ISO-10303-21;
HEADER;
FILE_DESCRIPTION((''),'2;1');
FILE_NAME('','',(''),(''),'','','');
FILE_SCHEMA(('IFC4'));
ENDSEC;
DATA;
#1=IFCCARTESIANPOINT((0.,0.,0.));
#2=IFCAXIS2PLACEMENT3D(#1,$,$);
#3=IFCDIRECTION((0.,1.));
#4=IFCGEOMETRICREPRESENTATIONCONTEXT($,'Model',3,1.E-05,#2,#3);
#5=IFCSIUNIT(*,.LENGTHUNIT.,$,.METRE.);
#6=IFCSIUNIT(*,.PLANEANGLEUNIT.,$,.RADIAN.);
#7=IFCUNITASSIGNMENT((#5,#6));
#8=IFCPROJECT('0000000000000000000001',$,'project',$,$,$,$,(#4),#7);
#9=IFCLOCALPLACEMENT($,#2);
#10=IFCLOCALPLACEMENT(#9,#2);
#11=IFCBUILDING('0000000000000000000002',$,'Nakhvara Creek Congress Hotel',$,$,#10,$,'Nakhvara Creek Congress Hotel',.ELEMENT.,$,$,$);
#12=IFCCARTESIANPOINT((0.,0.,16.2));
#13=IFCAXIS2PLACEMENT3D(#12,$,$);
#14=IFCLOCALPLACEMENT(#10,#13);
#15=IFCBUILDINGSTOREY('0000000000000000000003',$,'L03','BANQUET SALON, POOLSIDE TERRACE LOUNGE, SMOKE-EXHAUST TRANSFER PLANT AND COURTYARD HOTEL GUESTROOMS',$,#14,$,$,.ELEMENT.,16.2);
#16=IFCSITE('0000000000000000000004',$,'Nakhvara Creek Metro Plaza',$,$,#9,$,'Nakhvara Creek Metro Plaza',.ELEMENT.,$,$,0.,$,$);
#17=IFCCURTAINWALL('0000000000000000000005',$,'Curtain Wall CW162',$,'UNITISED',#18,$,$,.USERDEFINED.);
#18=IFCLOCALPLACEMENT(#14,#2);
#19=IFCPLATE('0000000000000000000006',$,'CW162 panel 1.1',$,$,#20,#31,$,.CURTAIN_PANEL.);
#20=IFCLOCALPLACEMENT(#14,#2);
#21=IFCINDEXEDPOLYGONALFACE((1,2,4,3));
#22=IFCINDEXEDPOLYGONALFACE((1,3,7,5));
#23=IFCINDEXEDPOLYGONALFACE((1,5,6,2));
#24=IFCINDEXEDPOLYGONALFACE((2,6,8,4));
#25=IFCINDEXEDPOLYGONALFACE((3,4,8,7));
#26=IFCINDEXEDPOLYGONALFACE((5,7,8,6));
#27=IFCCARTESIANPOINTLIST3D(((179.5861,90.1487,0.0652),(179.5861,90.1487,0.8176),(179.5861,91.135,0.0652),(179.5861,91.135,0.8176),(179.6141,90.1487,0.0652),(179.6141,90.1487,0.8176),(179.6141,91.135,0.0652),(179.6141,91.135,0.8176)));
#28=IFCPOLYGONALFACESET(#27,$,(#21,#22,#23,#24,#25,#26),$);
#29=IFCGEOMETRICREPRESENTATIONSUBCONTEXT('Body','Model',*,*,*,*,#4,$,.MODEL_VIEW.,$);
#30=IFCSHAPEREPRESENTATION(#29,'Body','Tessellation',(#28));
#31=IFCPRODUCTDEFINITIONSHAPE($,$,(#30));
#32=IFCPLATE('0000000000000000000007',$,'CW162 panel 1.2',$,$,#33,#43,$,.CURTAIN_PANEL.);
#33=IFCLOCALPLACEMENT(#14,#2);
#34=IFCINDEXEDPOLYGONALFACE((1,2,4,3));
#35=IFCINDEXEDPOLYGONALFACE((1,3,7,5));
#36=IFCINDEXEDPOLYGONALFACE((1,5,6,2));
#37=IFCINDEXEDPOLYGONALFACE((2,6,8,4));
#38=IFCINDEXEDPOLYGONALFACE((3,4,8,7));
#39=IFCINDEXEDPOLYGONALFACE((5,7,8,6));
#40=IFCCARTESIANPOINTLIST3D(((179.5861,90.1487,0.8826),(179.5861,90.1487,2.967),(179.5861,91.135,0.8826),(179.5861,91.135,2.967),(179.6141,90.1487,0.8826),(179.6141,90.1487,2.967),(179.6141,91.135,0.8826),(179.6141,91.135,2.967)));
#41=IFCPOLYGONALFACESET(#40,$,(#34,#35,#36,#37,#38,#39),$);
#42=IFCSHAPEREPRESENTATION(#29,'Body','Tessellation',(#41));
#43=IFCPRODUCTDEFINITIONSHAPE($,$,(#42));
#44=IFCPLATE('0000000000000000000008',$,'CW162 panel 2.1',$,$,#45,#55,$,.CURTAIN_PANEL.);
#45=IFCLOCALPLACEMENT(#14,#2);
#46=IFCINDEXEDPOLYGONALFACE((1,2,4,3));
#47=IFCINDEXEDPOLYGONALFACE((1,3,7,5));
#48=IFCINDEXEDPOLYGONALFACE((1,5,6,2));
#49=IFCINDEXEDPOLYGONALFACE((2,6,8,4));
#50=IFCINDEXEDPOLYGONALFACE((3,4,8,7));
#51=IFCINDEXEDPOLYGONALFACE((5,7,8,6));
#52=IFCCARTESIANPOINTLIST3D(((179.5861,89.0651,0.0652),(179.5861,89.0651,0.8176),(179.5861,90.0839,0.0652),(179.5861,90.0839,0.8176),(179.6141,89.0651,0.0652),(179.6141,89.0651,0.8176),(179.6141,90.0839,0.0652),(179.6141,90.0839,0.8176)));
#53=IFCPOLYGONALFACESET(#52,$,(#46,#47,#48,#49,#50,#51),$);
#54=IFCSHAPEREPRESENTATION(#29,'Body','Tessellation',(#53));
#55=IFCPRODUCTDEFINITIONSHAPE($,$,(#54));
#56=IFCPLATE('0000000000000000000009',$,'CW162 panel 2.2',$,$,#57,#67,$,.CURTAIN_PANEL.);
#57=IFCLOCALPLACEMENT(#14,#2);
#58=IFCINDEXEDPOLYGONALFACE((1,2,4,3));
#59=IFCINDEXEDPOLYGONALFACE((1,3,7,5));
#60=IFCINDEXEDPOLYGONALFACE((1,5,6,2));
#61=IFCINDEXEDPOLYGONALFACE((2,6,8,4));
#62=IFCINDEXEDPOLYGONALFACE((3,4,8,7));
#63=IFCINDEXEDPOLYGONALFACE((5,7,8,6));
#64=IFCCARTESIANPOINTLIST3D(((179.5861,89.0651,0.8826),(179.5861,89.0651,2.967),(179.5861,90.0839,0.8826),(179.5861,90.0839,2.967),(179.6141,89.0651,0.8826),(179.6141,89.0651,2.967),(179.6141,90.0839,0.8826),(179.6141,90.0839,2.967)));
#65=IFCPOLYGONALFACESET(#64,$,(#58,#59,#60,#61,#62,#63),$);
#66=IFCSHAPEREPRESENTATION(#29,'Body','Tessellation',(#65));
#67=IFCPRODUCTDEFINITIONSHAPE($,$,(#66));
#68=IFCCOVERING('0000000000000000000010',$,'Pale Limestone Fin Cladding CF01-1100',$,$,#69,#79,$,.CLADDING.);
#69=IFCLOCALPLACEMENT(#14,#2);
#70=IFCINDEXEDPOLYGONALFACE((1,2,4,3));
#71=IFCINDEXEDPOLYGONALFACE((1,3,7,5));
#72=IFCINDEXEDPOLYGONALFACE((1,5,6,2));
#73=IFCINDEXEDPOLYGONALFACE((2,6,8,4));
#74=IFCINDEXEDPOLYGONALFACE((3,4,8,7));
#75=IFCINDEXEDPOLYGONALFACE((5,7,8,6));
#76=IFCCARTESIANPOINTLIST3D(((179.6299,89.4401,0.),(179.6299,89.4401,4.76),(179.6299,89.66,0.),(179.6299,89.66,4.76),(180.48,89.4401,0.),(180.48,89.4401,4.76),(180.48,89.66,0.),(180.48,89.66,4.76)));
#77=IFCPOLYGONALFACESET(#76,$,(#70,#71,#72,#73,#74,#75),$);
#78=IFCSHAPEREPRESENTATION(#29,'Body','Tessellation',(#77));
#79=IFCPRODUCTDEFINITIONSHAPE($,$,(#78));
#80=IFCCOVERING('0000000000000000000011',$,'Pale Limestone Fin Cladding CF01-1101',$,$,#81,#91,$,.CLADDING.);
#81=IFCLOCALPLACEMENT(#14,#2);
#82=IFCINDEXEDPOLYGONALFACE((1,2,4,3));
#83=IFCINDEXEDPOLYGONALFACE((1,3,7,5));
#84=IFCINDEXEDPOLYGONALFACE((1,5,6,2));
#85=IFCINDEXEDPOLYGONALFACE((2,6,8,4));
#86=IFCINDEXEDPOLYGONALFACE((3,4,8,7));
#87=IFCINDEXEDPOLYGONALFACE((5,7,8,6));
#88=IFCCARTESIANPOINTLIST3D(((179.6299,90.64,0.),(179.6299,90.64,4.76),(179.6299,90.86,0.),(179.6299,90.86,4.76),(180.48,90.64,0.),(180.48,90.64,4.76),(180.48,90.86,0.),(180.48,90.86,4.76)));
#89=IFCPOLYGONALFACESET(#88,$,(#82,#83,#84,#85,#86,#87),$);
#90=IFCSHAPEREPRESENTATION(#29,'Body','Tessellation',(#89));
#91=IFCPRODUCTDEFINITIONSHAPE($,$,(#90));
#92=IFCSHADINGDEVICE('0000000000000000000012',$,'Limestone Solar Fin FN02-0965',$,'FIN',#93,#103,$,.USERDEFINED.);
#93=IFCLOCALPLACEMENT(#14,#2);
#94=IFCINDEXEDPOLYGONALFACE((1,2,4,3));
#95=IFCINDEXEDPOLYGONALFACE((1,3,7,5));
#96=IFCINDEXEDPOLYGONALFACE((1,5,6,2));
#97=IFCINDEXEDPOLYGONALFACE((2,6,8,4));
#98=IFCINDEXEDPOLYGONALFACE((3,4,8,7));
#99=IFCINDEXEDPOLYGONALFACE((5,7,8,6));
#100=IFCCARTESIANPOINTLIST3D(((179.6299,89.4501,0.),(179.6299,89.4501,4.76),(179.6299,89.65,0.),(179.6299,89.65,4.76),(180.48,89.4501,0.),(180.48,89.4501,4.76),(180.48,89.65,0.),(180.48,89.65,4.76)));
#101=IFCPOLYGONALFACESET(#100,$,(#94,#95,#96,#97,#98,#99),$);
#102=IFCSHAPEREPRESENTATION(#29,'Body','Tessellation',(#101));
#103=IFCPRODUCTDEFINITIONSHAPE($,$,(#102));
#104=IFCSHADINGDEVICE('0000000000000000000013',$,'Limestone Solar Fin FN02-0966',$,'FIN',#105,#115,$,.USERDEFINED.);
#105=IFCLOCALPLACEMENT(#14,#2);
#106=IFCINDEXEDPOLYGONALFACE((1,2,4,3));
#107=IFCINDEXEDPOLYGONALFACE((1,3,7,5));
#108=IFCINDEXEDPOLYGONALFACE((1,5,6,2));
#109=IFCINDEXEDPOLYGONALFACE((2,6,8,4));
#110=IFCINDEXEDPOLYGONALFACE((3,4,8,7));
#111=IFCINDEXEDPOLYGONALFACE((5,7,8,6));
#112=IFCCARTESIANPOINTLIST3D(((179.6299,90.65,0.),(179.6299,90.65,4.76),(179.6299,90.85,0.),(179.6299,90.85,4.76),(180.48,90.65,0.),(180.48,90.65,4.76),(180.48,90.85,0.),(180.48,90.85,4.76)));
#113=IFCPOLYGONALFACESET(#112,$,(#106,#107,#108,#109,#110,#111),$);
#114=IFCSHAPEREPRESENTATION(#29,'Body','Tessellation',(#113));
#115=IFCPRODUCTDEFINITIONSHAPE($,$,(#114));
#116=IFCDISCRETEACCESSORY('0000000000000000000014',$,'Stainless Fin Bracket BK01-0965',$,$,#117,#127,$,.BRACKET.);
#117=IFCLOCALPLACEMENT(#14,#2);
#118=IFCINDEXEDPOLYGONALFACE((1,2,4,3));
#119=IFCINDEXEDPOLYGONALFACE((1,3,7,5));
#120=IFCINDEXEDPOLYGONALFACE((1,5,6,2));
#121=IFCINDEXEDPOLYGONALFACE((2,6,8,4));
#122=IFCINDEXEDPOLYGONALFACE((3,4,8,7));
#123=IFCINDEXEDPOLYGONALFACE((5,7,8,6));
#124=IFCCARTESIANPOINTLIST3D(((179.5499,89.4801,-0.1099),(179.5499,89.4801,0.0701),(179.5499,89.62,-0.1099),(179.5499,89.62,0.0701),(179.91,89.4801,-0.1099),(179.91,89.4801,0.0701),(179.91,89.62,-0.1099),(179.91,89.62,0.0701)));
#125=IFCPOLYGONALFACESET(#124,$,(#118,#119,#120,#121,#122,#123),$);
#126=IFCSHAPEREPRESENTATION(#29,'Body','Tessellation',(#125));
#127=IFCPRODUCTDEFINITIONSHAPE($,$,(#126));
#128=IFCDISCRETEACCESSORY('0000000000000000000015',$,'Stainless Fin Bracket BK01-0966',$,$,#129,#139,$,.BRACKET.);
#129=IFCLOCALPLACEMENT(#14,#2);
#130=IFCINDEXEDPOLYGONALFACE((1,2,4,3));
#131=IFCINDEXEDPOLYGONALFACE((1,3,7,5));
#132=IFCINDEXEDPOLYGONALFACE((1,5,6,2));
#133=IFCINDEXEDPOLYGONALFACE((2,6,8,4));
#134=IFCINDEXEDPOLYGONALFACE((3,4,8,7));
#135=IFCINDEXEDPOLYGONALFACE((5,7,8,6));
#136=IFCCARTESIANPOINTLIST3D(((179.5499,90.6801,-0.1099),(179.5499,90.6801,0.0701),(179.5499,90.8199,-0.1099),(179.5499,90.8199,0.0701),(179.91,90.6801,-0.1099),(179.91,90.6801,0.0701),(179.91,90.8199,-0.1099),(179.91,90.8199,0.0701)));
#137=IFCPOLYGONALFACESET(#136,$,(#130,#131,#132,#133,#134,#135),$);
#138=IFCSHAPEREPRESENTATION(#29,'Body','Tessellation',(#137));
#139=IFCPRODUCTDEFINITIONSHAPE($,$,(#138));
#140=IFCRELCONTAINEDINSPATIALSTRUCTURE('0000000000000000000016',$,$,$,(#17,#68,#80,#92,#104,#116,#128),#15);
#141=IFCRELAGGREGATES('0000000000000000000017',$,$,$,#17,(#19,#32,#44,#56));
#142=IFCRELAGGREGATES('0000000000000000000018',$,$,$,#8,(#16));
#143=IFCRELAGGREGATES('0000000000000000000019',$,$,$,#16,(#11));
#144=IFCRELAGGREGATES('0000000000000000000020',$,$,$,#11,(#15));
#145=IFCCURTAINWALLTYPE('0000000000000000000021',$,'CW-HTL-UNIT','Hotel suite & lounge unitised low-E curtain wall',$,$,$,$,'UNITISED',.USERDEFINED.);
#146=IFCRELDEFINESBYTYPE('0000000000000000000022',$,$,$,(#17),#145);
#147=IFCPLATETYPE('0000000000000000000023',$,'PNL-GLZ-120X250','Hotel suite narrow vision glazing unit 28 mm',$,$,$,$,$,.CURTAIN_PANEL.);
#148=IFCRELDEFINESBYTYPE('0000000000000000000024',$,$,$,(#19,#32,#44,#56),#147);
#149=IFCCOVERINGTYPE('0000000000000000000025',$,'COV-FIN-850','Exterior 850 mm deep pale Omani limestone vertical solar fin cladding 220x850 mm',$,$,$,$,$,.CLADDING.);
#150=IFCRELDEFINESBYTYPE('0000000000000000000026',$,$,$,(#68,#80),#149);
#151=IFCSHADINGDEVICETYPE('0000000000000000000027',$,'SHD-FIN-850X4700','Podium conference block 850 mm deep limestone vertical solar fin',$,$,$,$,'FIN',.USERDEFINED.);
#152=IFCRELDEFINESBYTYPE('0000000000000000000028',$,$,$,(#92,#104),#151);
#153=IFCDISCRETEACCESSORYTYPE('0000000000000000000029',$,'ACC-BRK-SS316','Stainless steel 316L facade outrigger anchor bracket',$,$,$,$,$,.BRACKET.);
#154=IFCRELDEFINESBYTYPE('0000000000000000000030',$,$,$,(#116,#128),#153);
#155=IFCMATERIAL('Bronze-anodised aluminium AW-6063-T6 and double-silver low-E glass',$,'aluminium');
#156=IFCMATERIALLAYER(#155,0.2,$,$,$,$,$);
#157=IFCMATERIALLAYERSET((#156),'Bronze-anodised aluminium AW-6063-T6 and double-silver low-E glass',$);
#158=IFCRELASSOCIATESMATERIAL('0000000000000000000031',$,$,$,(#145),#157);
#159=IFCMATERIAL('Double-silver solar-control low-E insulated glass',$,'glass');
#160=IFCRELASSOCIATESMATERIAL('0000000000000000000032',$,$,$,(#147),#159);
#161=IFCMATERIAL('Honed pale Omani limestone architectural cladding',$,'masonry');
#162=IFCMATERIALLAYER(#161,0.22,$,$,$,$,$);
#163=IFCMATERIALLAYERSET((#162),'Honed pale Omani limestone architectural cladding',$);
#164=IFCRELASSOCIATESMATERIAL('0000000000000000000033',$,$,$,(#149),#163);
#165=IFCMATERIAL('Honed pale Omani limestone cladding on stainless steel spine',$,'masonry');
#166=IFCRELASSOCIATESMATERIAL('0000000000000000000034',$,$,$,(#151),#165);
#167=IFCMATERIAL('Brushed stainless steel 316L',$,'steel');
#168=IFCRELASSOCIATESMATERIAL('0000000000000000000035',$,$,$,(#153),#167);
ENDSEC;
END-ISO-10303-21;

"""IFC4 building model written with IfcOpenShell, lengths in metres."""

from ifc_helpers import new_model, si_unit, direction, frame, origin, origin_2d, place, context, subcontext, project, spatial, rectangle, extrude, material, layer, layer_set, type_object, element, aggregate, save


model = new_model("IFC4")

# Units and contexts
model_context = context("Model", 3, precision=1e-05, world=origin(), true_north=direction((0.0, 1.0)))
body_context = subcontext(model_context, "Body", "Model", "MODEL_VIEW")
ifc_project = project(units=[si_unit("LENGTHUNIT", "METRE"), si_unit("PLANEANGLEUNIT", "RADIAN")], contexts=[model_context])

# Site, building, storey
site_placement = place(None, origin())
site = spatial("IfcSite", under=ifc_project, at=site_placement, Name="Nakhvara Creek Metro Plaza", LongName="Nakhvara Creek Metro Plaza", CompositionType="ELEMENT", RefElevation=0.0)
building_placement = place(site_placement, origin())
building = spatial("IfcBuilding", under=site, at=building_placement, Name="Nakhvara Creek Congress Hotel", LongName="Nakhvara Creek Congress Hotel", CompositionType="ELEMENT")
storey_placement = place(building_placement, frame((0.0, 0.0, 16.2)))
storey = spatial("IfcBuildingStorey", under=building, at=storey_placement, Name="L03", Description="BANQUET SALON, POOLSIDE TERRACE LOUNGE, SMOKE-EXHAUST TRANSFER PLANT AND COURTYARD HOTEL GUESTROOMS", CompositionType="ELEMENT", Elevation=16.2)

# Curtain wall, plates
ifc_material_1 = material(Name="Bronze-anodised aluminium AW-6063-T6 and double-silver low-E glass", Category="aluminium")
ifc_layer_1 = layer(ifc_material_1, 0.2)
ifc_layer_set_1 = layer_set([ifc_layer_1], Name="Bronze-anodised aluminium AW-6063-T6 and double-silver low-E glass")
curtain_wall_type = type_object("IfcCurtainWallType", Name="CW-HTL-UNIT", Description="Hotel suite & lounge unitised low-E curtain wall", ElementType="UNITISED", PredefinedType="USERDEFINED", material=ifc_layer_set_1)
curtain_wall_placement = place(storey_placement, origin())
curtain_wall = element("IfcCurtainWall", 1, at=curtain_wall_placement, inside=storey, type_object=curtain_wall_type, Name="Curtain Wall CW162", ObjectType="UNITISED", PredefinedType="USERDEFINED")
ifc_material_2 = material(Name="Double-silver solar-control low-E insulated glass", Category="glass")
plate_type = type_object("IfcPlateType", Name="PNL-GLZ-120X250", Description="Hotel suite narrow vision glazing unit 28 mm", PredefinedType="CURTAIN_PANEL", material=ifc_material_2)
plate_1_placement = place(storey_placement, frame((179.6001, 90.6418, 0.0652), z_axis=(0.0, 0.0, 1.0), x_axis=(0.0, -1.0, 0.0)))
plate_1 = element("IfcPlate", 2, at=plate_1_placement, type_object=plate_type, Name="CW162 panel 1.1", PredefinedType="CURTAIN_PANEL", context=body_context, shape_type="SweptSolid", body=[
    extrude(rectangle(XDim=0.9863, YDim=0.0281, at=origin_2d()), origin(), (0.0, 0.0, 1.0), 0.7524),
])
plate_2_placement = place(storey_placement, frame((179.6001, 90.6418, 0.8826), z_axis=(0.0, 0.0, 1.0), x_axis=(0.0, -1.0, 0.0)))
plate_2 = element("IfcPlate", 3, at=plate_2_placement, type_object=plate_type, Name="CW162 panel 1.2", PredefinedType="CURTAIN_PANEL", context=body_context, shape_type="SweptSolid", body=[
    extrude(rectangle(XDim=0.9863, YDim=0.0281, at=origin_2d()), origin(), (0.0, 0.0, 1.0), 2.0845),
])
plate_3_placement = place(storey_placement, frame((179.6001, 89.5745, 0.0652), z_axis=(0.0, 0.0, 1.0), x_axis=(0.0, -1.0, 0.0)))
plate_3 = element("IfcPlate", 4, at=plate_3_placement, type_object=plate_type, Name="CW162 panel 2.1", PredefinedType="CURTAIN_PANEL", context=body_context, shape_type="SweptSolid", body=[
    extrude(rectangle(XDim=1.0188, YDim=0.0281, at=origin_2d()), origin(), (0.0, 0.0, 1.0), 0.7524),
])
plate_4_placement = place(storey_placement, frame((179.6001, 89.5745, 0.8826), z_axis=(0.0, 0.0, 1.0), x_axis=(0.0, -1.0, 0.0)))
plate_4 = element("IfcPlate", 5, at=plate_4_placement, type_object=plate_type, Name="CW162 panel 2.2", PredefinedType="CURTAIN_PANEL", context=body_context, shape_type="SweptSolid", body=[
    extrude(rectangle(XDim=1.0188, YDim=0.0281, at=origin_2d()), origin(), (0.0, 0.0, 1.0), 2.0845),
])
aggregate(curtain_wall, [plate_1, plate_2, plate_3, plate_4])

# Coverings
ifc_material_3 = material(Name="Honed pale Omani limestone architectural cladding", Category="masonry")
ifc_layer_2 = layer(ifc_material_3, 0.22)
ifc_layer_set_2 = layer_set([ifc_layer_2], Name="Honed pale Omani limestone architectural cladding")
covering_type = type_object("IfcCoveringType", Name="COV-FIN-850", Description="Exterior 850 mm deep pale Omani limestone vertical solar fin cladding 220x850 mm", PredefinedType="CLADDING", material=ifc_layer_set_2)
for number, where, z_axis, x_axis, name in (
    (6, (180.0549, 89.55, 0.0), (0.0, 0.0, 1.0), (0.0, 1.0, 0.0), "Pale Limestone Fin Cladding CF01-1100"),
    (7, (180.0549, 90.75, 0.0), (0.0, 0.0, 1.0), (0.0, 1.0, 0.0), "Pale Limestone Fin Cladding CF01-1101"),
):
    element("IfcCovering", number, at=place(storey_placement, frame(where, z_axis=z_axis, x_axis=x_axis)), inside=storey, type_object=covering_type, Name=name, PredefinedType="CLADDING", context=body_context, shape_type="SweptSolid", body=[
        extrude(rectangle(XDim=0.22, YDim=0.8501, at=origin_2d()), origin(), (0.0, 0.0, 1.0), 4.76),
    ])

# Shading devices
ifc_material_4 = material(Name="Honed pale Omani limestone cladding on stainless steel spine", Category="masonry")
shading_device_type = type_object("IfcShadingDeviceType", Name="SHD-FIN-850X4700", Description="Podium conference block 850 mm deep limestone vertical solar fin", ElementType="FIN", PredefinedType="USERDEFINED", material=ifc_material_4)
for number, where, z_axis, x_axis, name in (
    (8, (180.0549, 89.55, 0.0), (0.0, 0.0, 1.0), (0.0, 1.0, 0.0), "Limestone Solar Fin FN02-0965"),
    (9, (180.0549, 90.75, 0.0), (0.0, 0.0, 1.0), (0.0, 1.0, 0.0), "Limestone Solar Fin FN02-0966"),
):
    element("IfcShadingDevice", number, at=place(storey_placement, frame(where, z_axis=z_axis, x_axis=x_axis)), inside=storey, type_object=shading_device_type, Name=name, ObjectType="FIN", PredefinedType="USERDEFINED", context=body_context, shape_type="SweptSolid", body=[
        extrude(rectangle(XDim=0.2, YDim=0.8501, at=origin_2d()), origin(), (0.0, 0.0, 1.0), 4.76),
    ])

# Discrete accessories
ifc_material_5 = material(Name="Brushed stainless steel 316L", Category="steel")
discrete_accessory_type = type_object("IfcDiscreteAccessoryType", Name="ACC-BRK-SS316", Description="Stainless steel 316L facade outrigger anchor bracket", PredefinedType="BRACKET", material=ifc_material_5)
for number, where, z_axis, x_axis, name in (
    (10, (179.73, 89.55, -0.1099), (0.0, 0.0, 1.0), (0.0, 1.0, 0.0), "Stainless Fin Bracket BK01-0965"),
    (11, (179.73, 90.75, -0.1099), (0.0, 0.0, 1.0), (0.0, 1.0, 0.0), "Stainless Fin Bracket BK01-0966"),
):
    element("IfcDiscreteAccessory", number, at=place(storey_placement, frame(where, z_axis=z_axis, x_axis=x_axis)), inside=storey, type_object=discrete_accessory_type, Name=name, PredefinedType="BRACKET", context=body_context, shape_type="SweptSolid", body=[
        extrude(rectangle(XDim=0.1399, YDim=0.3601, at=origin_2d()), origin(), (0.0, 0.0, 1.0), 0.1799),
    ])

save(model, "model.ifc")
